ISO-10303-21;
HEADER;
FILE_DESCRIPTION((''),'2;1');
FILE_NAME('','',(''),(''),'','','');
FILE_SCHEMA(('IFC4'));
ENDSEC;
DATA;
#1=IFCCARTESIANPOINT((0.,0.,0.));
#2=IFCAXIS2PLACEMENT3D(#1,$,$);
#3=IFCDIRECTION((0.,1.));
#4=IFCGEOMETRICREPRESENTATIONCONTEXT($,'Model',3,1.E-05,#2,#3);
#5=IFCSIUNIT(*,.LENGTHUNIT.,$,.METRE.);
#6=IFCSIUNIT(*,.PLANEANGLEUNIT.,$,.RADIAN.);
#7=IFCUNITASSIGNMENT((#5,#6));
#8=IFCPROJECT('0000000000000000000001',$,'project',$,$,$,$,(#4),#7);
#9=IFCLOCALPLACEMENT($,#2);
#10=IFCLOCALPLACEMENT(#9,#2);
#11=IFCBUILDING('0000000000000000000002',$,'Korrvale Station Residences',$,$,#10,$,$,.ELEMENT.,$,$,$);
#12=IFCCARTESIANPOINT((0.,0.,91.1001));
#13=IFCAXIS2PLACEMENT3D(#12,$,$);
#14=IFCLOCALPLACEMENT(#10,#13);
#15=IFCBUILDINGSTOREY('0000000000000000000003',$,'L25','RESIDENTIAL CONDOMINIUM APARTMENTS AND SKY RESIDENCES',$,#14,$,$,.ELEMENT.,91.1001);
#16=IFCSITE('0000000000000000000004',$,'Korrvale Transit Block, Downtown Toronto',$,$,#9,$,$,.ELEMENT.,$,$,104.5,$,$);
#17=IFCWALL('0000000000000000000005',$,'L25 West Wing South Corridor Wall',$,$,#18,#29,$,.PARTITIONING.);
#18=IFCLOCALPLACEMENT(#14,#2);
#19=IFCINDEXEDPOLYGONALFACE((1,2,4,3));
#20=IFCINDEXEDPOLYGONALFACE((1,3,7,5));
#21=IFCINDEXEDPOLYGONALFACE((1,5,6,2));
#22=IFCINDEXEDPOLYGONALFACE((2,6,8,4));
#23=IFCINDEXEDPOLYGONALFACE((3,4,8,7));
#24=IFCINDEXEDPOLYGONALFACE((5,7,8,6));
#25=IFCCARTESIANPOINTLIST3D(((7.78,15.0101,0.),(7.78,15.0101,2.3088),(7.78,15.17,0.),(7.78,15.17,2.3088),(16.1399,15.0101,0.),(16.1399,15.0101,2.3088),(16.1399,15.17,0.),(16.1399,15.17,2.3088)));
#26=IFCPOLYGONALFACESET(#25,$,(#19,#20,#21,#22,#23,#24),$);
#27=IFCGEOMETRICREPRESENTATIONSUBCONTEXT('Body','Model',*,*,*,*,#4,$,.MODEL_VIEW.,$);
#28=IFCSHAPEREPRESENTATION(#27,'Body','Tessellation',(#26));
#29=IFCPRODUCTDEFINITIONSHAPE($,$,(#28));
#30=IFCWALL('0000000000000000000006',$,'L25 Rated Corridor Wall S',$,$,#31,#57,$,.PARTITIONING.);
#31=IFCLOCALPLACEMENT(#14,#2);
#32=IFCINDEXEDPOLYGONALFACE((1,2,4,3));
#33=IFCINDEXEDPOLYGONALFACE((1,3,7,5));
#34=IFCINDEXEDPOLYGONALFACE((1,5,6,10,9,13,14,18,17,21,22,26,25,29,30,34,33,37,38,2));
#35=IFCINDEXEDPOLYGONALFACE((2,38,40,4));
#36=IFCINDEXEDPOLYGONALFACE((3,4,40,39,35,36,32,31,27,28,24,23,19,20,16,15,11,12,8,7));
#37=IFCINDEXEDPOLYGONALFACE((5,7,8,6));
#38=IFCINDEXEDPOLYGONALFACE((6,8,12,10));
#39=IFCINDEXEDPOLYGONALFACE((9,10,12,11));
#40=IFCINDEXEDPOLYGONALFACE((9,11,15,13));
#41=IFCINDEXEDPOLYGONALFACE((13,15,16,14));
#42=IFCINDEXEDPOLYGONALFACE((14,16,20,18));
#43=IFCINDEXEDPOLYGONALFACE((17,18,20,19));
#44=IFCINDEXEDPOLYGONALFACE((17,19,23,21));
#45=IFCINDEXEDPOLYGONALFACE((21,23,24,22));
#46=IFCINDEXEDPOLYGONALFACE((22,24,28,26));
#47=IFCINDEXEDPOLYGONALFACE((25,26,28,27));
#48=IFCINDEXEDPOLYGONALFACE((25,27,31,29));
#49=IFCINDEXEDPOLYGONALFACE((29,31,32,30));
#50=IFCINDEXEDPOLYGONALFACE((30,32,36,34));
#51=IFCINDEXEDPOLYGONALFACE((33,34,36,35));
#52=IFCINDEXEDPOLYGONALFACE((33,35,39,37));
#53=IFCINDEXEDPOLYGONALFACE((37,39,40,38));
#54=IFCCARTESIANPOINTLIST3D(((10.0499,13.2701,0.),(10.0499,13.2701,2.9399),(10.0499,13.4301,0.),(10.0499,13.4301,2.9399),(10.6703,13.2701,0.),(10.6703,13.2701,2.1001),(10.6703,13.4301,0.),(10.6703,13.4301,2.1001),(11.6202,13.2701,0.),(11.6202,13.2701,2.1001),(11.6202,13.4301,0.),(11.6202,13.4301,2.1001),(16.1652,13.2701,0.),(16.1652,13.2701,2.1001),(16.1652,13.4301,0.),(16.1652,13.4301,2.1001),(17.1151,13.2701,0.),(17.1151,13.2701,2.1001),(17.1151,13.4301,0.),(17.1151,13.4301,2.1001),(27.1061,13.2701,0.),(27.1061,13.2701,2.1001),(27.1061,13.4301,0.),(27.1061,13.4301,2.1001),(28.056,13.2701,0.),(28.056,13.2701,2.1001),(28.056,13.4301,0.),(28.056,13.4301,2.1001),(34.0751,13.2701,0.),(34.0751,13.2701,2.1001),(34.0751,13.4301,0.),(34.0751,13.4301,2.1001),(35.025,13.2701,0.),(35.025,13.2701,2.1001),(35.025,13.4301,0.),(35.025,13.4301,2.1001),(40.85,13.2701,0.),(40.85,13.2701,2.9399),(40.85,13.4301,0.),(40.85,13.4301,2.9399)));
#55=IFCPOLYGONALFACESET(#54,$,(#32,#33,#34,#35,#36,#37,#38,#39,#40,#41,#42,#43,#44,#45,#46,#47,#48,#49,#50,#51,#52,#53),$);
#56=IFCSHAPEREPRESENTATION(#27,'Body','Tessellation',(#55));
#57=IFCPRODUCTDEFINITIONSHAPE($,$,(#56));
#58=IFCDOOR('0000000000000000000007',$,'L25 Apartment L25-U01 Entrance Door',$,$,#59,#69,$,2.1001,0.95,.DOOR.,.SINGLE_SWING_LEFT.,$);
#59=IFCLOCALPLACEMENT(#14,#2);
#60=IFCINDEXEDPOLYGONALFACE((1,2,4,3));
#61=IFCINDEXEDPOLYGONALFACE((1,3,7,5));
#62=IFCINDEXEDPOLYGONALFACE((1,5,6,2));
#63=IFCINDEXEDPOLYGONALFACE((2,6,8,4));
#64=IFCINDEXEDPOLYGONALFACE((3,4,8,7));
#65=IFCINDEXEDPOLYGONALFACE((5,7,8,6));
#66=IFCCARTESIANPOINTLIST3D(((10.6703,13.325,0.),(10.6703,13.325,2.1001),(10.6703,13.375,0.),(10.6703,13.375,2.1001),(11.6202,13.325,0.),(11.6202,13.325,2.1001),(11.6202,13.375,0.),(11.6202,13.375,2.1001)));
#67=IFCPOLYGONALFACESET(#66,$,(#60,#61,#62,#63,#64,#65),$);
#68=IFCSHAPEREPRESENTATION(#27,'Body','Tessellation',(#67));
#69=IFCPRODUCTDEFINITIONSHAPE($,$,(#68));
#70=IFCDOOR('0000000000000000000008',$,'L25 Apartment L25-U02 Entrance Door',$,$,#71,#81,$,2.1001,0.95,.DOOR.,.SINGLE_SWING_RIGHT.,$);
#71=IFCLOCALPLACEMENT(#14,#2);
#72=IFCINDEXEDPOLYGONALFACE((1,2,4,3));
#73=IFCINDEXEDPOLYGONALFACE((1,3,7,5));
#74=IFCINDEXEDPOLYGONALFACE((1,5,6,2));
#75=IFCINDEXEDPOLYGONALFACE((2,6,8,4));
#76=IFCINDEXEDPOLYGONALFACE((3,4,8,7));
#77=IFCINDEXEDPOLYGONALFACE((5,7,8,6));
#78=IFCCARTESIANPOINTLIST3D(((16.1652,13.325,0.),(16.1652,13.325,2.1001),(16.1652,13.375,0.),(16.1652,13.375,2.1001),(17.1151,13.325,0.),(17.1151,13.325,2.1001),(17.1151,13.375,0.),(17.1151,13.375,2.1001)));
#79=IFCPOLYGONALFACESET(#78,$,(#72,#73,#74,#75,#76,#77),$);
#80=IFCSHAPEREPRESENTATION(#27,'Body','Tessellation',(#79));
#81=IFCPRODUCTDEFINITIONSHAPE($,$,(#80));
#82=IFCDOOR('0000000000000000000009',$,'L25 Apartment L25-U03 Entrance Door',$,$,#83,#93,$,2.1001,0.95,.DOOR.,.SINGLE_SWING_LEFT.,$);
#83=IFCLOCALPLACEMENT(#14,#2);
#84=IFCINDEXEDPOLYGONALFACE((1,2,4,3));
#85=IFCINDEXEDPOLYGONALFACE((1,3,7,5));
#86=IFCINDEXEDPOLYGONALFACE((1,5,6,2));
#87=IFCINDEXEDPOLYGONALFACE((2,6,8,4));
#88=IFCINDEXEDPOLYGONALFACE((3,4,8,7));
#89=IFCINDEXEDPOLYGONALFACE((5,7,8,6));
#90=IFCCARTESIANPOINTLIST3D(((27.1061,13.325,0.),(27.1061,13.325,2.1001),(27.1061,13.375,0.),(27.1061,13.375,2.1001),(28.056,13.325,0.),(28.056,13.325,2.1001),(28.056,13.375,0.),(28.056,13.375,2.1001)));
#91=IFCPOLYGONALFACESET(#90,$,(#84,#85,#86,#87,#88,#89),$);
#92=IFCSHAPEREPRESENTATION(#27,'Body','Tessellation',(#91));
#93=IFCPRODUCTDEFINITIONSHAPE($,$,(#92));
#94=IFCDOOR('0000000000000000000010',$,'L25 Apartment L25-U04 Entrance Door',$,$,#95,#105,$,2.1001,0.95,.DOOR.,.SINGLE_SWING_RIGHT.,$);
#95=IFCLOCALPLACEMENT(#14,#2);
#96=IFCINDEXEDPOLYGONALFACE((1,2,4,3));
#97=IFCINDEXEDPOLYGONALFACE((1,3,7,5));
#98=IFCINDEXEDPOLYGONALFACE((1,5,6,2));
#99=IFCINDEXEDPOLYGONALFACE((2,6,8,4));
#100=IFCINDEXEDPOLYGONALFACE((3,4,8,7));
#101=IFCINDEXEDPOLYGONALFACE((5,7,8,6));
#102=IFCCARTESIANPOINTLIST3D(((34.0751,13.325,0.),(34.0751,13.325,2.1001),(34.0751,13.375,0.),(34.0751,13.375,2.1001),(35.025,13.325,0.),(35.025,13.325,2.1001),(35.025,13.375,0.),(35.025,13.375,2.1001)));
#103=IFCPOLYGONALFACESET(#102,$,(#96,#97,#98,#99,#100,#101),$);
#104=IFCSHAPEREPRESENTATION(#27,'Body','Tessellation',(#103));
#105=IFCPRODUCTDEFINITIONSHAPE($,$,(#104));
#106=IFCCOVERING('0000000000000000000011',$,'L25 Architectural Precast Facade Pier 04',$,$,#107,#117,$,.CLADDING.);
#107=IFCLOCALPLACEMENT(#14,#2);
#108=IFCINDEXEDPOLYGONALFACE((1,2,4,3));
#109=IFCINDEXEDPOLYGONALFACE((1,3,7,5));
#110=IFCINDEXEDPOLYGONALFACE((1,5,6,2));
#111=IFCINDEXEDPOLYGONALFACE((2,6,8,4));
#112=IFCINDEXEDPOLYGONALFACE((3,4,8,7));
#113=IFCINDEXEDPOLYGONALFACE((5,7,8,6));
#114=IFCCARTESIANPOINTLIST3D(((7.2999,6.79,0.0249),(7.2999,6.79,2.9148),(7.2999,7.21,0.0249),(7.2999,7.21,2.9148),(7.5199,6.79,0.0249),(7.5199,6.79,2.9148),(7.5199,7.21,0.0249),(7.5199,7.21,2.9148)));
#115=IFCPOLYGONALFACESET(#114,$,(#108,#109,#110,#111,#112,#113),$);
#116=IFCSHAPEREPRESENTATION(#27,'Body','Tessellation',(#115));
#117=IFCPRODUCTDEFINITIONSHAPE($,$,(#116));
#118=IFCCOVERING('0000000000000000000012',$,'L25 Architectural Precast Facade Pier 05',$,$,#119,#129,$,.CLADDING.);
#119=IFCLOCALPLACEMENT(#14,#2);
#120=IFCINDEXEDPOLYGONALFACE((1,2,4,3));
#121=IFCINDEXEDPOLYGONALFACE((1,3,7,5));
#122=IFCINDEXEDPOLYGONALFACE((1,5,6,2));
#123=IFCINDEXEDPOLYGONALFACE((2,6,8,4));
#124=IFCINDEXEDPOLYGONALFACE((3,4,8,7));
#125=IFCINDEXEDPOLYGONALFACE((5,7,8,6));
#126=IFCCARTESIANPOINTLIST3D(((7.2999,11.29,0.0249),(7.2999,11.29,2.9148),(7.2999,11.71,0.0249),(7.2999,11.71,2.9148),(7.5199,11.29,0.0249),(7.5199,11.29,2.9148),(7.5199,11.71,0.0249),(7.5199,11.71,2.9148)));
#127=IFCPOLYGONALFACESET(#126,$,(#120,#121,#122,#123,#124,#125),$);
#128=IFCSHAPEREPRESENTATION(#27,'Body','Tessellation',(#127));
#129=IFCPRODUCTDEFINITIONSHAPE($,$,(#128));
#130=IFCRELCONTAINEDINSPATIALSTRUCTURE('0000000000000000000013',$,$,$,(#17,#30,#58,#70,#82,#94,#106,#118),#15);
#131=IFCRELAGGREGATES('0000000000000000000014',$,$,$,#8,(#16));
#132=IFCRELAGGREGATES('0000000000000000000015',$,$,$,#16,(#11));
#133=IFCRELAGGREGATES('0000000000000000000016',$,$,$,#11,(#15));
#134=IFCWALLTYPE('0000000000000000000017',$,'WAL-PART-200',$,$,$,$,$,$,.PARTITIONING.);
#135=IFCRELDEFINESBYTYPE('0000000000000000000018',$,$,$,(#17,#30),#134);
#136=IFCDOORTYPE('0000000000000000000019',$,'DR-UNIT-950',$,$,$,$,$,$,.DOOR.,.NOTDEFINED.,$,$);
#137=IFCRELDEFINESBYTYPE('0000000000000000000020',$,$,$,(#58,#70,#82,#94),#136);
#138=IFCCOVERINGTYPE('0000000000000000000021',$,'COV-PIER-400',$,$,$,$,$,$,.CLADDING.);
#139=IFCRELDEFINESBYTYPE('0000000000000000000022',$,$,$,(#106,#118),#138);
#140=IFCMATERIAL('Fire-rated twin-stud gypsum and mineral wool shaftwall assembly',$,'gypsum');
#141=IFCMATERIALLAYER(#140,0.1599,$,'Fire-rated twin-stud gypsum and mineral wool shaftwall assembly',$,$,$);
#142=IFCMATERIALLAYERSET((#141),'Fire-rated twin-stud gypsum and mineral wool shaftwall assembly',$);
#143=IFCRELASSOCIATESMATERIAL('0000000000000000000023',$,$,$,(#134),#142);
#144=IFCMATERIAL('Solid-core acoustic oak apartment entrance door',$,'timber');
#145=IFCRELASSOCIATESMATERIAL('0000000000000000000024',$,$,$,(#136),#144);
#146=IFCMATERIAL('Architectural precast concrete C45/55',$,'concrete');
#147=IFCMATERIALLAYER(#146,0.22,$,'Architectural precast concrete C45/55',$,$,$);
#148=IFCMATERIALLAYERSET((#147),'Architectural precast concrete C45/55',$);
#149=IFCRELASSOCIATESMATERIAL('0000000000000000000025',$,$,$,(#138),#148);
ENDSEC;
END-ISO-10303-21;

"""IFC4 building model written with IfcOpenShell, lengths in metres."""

from ifc_helpers import new_model, si_unit, direction, frame, frame_2d, origin, origin_2d, place, context, subcontext, project, spatial, rectangle, extrude, material, layer, layer_set, type_object, element, fill, save


model = new_model("IFC4")

# Units and contexts
model_context = context("Model", 3, precision=1e-05, world=origin(), true_north=direction((0.0, 1.0)))
body_context = subcontext(model_context, "Body", "Model", "MODEL_VIEW")
ifc_project = project(units=[si_unit("LENGTHUNIT", "METRE"), si_unit("PLANEANGLEUNIT", "RADIAN")], contexts=[model_context])

# Site, building, storey
site_placement = place(None, origin())
site = spatial("IfcSite", under=ifc_project, at=site_placement, Name="Korrvale Transit Block, Downtown Toronto", CompositionType="ELEMENT", RefElevation=104.5)
building_placement = place(site_placement, origin())
building = spatial("IfcBuilding", under=site, at=building_placement, Name="Korrvale Station Residences", CompositionType="ELEMENT")
storey_placement = place(building_placement, frame((0.0, 0.0, 91.1001)))
storey = spatial("IfcBuildingStorey", under=building, at=storey_placement, Name="L25", Description="RESIDENTIAL CONDOMINIUM APARTMENTS AND SKY RESIDENCES", CompositionType="ELEMENT", Elevation=91.1001)

# Wall
ifc_material_1 = material(Name="Fire-rated twin-stud gypsum and mineral wool shaftwall assembly", Category="gypsum")
ifc_layer_1 = layer(ifc_material_1, 0.1599, Name="Fire-rated twin-stud gypsum and mineral wool shaftwall assembly")
ifc_layer_set_1 = layer_set([ifc_layer_1], Name="Fire-rated twin-stud gypsum and mineral wool shaftwall assembly")
wall_type_1 = type_object("IfcWallType", Name="WAL-PART-200", PredefinedType="PARTITIONING", material=ifc_layer_set_1)
wall_1_placement = place(storey_placement, frame((7.78, 15.0901, 0.0), z_axis=(0.0, 0.0, 1.0), x_axis=(1.0, 0.0, 0.0)))
element("IfcWall", 1, at=wall_1_placement, inside=storey, type_object=wall_type_1, Name="L25 West Wing South Corridor Wall", PredefinedType="PARTITIONING", context=body_context, shape_type="SweptSolid", body=[
    extrude(rectangle(XDim=8.3599, YDim=0.1599, at=frame_2d((4.1799, 0.0))), origin(), (0.0, 0.0, 1.0), 2.3088),
])

# Wall, openings, doors
wall_2_placement = place(storey_placement, frame((10.05, 13.3501, 0.0), z_axis=(0.0, 0.0, 1.0), x_axis=(1.0, 0.0, 0.0)))
wall_2 = element("IfcWall", 2, at=wall_2_placement, inside=storey, type_object=wall_type_1, Name="L25 Rated Corridor Wall S", PredefinedType="PARTITIONING", context=body_context, shape_type="SweptSolid", body=[
    extrude(rectangle(XDim=30.8, YDim=0.1599, at=frame_2d((15.3999, 0.0))), origin(), (0.0, 0.0, 1.0), 2.9399),
])
opening_1_placement = place(wall_2_placement, frame((0.6201, 0.0, 0.0)))
opening_1 = element("IfcOpeningElement", 3, at=opening_1_placement, cuts=wall_2, PredefinedType="OPENING", context=body_context, shape_type="SweptSolid", body=[
    extrude(rectangle(XDim=0.95, YDim=2.1001, at=frame_2d((0.4751, 1.05))), frame((0.0, 0.0898, 0.0), z_axis=(0.0, -1.0, 0.0), x_axis=(1.0, 0.0, 0.0)), (0.0, 0.0, 1.0), 0.1799),
])
opening_2_placement = place(wall_2_placement, frame((6.115, 0.0, 0.0)))
opening_2 = element("IfcOpeningElement", 4, at=opening_2_placement, cuts=wall_2, PredefinedType="OPENING", context=body_context, shape_type="SweptSolid", body=[
    extrude(rectangle(XDim=0.95, YDim=2.1001, at=frame_2d((0.4751, 1.05))), frame((0.0, 0.0898, 0.0), z_axis=(0.0, -1.0, 0.0), x_axis=(1.0, 0.0, 0.0)), (0.0, 0.0, 1.0), 0.1799),
])
opening_3_placement = place(wall_2_placement, frame((17.0559, 0.0, 0.0)))
opening_3 = element("IfcOpeningElement", 5, at=opening_3_placement, cuts=wall_2, PredefinedType="OPENING", context=body_context, shape_type="SweptSolid", body=[
    extrude(rectangle(XDim=0.95, YDim=2.1001, at=frame_2d((0.4751, 1.05))), frame((0.0, 0.0898, 0.0), z_axis=(0.0, -1.0, 0.0), x_axis=(1.0, 0.0, 0.0)), (0.0, 0.0, 1.0), 0.1799),
])
opening_4_placement = place(wall_2_placement, frame((24.0249, 0.0, 0.0)))
opening_4 = element("IfcOpeningElement", 6, at=opening_4_placement, cuts=wall_2, PredefinedType="OPENING", context=body_context, shape_type="SweptSolid", body=[
    extrude(rectangle(XDim=0.95, YDim=2.1001, at=frame_2d((0.4751, 1.05))), frame((0.0, 0.0898, 0.0), z_axis=(0.0, -1.0, 0.0), x_axis=(1.0, 0.0, 0.0)), (0.0, 0.0, 1.0), 0.1799),
])
ifc_material_2 = material(Name="Solid-core acoustic oak apartment entrance door", Category="timber")
door_type_1 = type_object("IfcDoorType", Name="DR-UNIT-950", OperationType="NOTDEFINED", PredefinedType="DOOR", material=ifc_material_2)
door_1_placement = place(opening_1_placement, origin())
door_1 = element("IfcDoor", 7, at=door_1_placement, inside=storey, type_object=door_type_1, Name="L25 Apartment L25-U01 Entrance Door", OperationType="SINGLE_SWING_LEFT", OverallHeight=2.1001, OverallWidth=0.95, PredefinedType="DOOR", context=body_context, shape_type="SweptSolid", body=[
    extrude(rectangle(XDim=0.95, YDim=2.1001, at=frame_2d((0.4751, 1.05))), frame((0.0, 0.0249, 0.0), z_axis=(0.0, -1.0, 0.0), x_axis=(1.0, 0.0, 0.0)), (0.0, 0.0, 1.0), 0.05),
])
fill(opening_1, door_1)
door_2_placement = place(opening_2_placement, origin())
door_2 = element("IfcDoor", 8, at=door_2_placement, inside=storey, type_object=door_type_1, Name="L25 Apartment L25-U02 Entrance Door", OperationType="SINGLE_SWING_RIGHT", OverallHeight=2.1001, OverallWidth=0.95, PredefinedType="DOOR", context=body_context, shape_type="SweptSolid", body=[
    extrude(rectangle(XDim=0.95, YDim=2.1001, at=frame_2d((0.4751, 1.05))), frame((0.0, 0.0249, 0.0), z_axis=(0.0, -1.0, 0.0), x_axis=(1.0, 0.0, 0.0)), (0.0, 0.0, 1.0), 0.05),
])
fill(opening_2, door_2)
door_3_placement = place(opening_3_placement, origin())
door_3 = element("IfcDoor", 9, at=door_3_placement, inside=storey, type_object=door_type_1, Name="L25 Apartment L25-U03 Entrance Door", OperationType="SINGLE_SWING_LEFT", OverallHeight=2.1001, OverallWidth=0.95, PredefinedType="DOOR", context=body_context, shape_type="SweptSolid", body=[
    extrude(rectangle(XDim=0.95, YDim=2.1001, at=frame_2d((0.4751, 1.05))), frame((0.0, 0.0249, 0.0), z_axis=(0.0, -1.0, 0.0), x_axis=(1.0, 0.0, 0.0)), (0.0, 0.0, 1.0), 0.05),
])
fill(opening_3, door_3)
door_4_placement = place(opening_4_placement, origin())
door_4 = element("IfcDoor", 10, at=door_4_placement, inside=storey, type_object=door_type_1, Name="L25 Apartment L25-U04 Entrance Door", OperationType="SINGLE_SWING_RIGHT", OverallHeight=2.1001, OverallWidth=0.95, PredefinedType="DOOR", context=body_context, shape_type="SweptSolid", body=[
    extrude(rectangle(XDim=0.95, YDim=2.1001, at=frame_2d((0.4751, 1.05))), frame((0.0, 0.0249, 0.0), z_axis=(0.0, -1.0, 0.0), x_axis=(1.0, 0.0, 0.0)), (0.0, 0.0, 1.0), 0.05),
])
fill(opening_4, door_4)

# Coverings
ifc_material_3 = material(Name="Architectural precast concrete C45/55", Category="concrete")
ifc_layer_2 = layer(ifc_material_3, 0.22, Name="Architectural precast concrete C45/55")
ifc_layer_set_2 = layer_set([ifc_layer_2], Name="Architectural precast concrete C45/55")
covering_type = type_object("IfcCoveringType", Name="COV-PIER-400", PredefinedType="CLADDING", material=ifc_layer_set_2)
for number, where, z_axis, x_axis, name in (
    (11, (7.4099, 7.0, 0.0249), (0.0, 0.0, 1.0), (0.0, 1.0, 0.0), "L25 Architectural Precast Facade Pier 04"),
    (12, (7.4099, 11.5, 0.0249), (0.0, 0.0, 1.0), (0.0, 1.0, 0.0), "L25 Architectural Precast Facade Pier 05"),
):
    element("IfcCovering", number, at=place(storey_placement, frame(where, z_axis=z_axis, x_axis=x_axis)), inside=storey, type_object=covering_type, Name=name, PredefinedType="CLADDING", context=body_context, shape_type="SweptSolid", body=[
        extrude(rectangle(XDim=0.4199, YDim=0.22, at=origin_2d()), origin(), (0.0, 0.0, 1.0), 2.8899),
    ])

save(model, "model.ifc")
